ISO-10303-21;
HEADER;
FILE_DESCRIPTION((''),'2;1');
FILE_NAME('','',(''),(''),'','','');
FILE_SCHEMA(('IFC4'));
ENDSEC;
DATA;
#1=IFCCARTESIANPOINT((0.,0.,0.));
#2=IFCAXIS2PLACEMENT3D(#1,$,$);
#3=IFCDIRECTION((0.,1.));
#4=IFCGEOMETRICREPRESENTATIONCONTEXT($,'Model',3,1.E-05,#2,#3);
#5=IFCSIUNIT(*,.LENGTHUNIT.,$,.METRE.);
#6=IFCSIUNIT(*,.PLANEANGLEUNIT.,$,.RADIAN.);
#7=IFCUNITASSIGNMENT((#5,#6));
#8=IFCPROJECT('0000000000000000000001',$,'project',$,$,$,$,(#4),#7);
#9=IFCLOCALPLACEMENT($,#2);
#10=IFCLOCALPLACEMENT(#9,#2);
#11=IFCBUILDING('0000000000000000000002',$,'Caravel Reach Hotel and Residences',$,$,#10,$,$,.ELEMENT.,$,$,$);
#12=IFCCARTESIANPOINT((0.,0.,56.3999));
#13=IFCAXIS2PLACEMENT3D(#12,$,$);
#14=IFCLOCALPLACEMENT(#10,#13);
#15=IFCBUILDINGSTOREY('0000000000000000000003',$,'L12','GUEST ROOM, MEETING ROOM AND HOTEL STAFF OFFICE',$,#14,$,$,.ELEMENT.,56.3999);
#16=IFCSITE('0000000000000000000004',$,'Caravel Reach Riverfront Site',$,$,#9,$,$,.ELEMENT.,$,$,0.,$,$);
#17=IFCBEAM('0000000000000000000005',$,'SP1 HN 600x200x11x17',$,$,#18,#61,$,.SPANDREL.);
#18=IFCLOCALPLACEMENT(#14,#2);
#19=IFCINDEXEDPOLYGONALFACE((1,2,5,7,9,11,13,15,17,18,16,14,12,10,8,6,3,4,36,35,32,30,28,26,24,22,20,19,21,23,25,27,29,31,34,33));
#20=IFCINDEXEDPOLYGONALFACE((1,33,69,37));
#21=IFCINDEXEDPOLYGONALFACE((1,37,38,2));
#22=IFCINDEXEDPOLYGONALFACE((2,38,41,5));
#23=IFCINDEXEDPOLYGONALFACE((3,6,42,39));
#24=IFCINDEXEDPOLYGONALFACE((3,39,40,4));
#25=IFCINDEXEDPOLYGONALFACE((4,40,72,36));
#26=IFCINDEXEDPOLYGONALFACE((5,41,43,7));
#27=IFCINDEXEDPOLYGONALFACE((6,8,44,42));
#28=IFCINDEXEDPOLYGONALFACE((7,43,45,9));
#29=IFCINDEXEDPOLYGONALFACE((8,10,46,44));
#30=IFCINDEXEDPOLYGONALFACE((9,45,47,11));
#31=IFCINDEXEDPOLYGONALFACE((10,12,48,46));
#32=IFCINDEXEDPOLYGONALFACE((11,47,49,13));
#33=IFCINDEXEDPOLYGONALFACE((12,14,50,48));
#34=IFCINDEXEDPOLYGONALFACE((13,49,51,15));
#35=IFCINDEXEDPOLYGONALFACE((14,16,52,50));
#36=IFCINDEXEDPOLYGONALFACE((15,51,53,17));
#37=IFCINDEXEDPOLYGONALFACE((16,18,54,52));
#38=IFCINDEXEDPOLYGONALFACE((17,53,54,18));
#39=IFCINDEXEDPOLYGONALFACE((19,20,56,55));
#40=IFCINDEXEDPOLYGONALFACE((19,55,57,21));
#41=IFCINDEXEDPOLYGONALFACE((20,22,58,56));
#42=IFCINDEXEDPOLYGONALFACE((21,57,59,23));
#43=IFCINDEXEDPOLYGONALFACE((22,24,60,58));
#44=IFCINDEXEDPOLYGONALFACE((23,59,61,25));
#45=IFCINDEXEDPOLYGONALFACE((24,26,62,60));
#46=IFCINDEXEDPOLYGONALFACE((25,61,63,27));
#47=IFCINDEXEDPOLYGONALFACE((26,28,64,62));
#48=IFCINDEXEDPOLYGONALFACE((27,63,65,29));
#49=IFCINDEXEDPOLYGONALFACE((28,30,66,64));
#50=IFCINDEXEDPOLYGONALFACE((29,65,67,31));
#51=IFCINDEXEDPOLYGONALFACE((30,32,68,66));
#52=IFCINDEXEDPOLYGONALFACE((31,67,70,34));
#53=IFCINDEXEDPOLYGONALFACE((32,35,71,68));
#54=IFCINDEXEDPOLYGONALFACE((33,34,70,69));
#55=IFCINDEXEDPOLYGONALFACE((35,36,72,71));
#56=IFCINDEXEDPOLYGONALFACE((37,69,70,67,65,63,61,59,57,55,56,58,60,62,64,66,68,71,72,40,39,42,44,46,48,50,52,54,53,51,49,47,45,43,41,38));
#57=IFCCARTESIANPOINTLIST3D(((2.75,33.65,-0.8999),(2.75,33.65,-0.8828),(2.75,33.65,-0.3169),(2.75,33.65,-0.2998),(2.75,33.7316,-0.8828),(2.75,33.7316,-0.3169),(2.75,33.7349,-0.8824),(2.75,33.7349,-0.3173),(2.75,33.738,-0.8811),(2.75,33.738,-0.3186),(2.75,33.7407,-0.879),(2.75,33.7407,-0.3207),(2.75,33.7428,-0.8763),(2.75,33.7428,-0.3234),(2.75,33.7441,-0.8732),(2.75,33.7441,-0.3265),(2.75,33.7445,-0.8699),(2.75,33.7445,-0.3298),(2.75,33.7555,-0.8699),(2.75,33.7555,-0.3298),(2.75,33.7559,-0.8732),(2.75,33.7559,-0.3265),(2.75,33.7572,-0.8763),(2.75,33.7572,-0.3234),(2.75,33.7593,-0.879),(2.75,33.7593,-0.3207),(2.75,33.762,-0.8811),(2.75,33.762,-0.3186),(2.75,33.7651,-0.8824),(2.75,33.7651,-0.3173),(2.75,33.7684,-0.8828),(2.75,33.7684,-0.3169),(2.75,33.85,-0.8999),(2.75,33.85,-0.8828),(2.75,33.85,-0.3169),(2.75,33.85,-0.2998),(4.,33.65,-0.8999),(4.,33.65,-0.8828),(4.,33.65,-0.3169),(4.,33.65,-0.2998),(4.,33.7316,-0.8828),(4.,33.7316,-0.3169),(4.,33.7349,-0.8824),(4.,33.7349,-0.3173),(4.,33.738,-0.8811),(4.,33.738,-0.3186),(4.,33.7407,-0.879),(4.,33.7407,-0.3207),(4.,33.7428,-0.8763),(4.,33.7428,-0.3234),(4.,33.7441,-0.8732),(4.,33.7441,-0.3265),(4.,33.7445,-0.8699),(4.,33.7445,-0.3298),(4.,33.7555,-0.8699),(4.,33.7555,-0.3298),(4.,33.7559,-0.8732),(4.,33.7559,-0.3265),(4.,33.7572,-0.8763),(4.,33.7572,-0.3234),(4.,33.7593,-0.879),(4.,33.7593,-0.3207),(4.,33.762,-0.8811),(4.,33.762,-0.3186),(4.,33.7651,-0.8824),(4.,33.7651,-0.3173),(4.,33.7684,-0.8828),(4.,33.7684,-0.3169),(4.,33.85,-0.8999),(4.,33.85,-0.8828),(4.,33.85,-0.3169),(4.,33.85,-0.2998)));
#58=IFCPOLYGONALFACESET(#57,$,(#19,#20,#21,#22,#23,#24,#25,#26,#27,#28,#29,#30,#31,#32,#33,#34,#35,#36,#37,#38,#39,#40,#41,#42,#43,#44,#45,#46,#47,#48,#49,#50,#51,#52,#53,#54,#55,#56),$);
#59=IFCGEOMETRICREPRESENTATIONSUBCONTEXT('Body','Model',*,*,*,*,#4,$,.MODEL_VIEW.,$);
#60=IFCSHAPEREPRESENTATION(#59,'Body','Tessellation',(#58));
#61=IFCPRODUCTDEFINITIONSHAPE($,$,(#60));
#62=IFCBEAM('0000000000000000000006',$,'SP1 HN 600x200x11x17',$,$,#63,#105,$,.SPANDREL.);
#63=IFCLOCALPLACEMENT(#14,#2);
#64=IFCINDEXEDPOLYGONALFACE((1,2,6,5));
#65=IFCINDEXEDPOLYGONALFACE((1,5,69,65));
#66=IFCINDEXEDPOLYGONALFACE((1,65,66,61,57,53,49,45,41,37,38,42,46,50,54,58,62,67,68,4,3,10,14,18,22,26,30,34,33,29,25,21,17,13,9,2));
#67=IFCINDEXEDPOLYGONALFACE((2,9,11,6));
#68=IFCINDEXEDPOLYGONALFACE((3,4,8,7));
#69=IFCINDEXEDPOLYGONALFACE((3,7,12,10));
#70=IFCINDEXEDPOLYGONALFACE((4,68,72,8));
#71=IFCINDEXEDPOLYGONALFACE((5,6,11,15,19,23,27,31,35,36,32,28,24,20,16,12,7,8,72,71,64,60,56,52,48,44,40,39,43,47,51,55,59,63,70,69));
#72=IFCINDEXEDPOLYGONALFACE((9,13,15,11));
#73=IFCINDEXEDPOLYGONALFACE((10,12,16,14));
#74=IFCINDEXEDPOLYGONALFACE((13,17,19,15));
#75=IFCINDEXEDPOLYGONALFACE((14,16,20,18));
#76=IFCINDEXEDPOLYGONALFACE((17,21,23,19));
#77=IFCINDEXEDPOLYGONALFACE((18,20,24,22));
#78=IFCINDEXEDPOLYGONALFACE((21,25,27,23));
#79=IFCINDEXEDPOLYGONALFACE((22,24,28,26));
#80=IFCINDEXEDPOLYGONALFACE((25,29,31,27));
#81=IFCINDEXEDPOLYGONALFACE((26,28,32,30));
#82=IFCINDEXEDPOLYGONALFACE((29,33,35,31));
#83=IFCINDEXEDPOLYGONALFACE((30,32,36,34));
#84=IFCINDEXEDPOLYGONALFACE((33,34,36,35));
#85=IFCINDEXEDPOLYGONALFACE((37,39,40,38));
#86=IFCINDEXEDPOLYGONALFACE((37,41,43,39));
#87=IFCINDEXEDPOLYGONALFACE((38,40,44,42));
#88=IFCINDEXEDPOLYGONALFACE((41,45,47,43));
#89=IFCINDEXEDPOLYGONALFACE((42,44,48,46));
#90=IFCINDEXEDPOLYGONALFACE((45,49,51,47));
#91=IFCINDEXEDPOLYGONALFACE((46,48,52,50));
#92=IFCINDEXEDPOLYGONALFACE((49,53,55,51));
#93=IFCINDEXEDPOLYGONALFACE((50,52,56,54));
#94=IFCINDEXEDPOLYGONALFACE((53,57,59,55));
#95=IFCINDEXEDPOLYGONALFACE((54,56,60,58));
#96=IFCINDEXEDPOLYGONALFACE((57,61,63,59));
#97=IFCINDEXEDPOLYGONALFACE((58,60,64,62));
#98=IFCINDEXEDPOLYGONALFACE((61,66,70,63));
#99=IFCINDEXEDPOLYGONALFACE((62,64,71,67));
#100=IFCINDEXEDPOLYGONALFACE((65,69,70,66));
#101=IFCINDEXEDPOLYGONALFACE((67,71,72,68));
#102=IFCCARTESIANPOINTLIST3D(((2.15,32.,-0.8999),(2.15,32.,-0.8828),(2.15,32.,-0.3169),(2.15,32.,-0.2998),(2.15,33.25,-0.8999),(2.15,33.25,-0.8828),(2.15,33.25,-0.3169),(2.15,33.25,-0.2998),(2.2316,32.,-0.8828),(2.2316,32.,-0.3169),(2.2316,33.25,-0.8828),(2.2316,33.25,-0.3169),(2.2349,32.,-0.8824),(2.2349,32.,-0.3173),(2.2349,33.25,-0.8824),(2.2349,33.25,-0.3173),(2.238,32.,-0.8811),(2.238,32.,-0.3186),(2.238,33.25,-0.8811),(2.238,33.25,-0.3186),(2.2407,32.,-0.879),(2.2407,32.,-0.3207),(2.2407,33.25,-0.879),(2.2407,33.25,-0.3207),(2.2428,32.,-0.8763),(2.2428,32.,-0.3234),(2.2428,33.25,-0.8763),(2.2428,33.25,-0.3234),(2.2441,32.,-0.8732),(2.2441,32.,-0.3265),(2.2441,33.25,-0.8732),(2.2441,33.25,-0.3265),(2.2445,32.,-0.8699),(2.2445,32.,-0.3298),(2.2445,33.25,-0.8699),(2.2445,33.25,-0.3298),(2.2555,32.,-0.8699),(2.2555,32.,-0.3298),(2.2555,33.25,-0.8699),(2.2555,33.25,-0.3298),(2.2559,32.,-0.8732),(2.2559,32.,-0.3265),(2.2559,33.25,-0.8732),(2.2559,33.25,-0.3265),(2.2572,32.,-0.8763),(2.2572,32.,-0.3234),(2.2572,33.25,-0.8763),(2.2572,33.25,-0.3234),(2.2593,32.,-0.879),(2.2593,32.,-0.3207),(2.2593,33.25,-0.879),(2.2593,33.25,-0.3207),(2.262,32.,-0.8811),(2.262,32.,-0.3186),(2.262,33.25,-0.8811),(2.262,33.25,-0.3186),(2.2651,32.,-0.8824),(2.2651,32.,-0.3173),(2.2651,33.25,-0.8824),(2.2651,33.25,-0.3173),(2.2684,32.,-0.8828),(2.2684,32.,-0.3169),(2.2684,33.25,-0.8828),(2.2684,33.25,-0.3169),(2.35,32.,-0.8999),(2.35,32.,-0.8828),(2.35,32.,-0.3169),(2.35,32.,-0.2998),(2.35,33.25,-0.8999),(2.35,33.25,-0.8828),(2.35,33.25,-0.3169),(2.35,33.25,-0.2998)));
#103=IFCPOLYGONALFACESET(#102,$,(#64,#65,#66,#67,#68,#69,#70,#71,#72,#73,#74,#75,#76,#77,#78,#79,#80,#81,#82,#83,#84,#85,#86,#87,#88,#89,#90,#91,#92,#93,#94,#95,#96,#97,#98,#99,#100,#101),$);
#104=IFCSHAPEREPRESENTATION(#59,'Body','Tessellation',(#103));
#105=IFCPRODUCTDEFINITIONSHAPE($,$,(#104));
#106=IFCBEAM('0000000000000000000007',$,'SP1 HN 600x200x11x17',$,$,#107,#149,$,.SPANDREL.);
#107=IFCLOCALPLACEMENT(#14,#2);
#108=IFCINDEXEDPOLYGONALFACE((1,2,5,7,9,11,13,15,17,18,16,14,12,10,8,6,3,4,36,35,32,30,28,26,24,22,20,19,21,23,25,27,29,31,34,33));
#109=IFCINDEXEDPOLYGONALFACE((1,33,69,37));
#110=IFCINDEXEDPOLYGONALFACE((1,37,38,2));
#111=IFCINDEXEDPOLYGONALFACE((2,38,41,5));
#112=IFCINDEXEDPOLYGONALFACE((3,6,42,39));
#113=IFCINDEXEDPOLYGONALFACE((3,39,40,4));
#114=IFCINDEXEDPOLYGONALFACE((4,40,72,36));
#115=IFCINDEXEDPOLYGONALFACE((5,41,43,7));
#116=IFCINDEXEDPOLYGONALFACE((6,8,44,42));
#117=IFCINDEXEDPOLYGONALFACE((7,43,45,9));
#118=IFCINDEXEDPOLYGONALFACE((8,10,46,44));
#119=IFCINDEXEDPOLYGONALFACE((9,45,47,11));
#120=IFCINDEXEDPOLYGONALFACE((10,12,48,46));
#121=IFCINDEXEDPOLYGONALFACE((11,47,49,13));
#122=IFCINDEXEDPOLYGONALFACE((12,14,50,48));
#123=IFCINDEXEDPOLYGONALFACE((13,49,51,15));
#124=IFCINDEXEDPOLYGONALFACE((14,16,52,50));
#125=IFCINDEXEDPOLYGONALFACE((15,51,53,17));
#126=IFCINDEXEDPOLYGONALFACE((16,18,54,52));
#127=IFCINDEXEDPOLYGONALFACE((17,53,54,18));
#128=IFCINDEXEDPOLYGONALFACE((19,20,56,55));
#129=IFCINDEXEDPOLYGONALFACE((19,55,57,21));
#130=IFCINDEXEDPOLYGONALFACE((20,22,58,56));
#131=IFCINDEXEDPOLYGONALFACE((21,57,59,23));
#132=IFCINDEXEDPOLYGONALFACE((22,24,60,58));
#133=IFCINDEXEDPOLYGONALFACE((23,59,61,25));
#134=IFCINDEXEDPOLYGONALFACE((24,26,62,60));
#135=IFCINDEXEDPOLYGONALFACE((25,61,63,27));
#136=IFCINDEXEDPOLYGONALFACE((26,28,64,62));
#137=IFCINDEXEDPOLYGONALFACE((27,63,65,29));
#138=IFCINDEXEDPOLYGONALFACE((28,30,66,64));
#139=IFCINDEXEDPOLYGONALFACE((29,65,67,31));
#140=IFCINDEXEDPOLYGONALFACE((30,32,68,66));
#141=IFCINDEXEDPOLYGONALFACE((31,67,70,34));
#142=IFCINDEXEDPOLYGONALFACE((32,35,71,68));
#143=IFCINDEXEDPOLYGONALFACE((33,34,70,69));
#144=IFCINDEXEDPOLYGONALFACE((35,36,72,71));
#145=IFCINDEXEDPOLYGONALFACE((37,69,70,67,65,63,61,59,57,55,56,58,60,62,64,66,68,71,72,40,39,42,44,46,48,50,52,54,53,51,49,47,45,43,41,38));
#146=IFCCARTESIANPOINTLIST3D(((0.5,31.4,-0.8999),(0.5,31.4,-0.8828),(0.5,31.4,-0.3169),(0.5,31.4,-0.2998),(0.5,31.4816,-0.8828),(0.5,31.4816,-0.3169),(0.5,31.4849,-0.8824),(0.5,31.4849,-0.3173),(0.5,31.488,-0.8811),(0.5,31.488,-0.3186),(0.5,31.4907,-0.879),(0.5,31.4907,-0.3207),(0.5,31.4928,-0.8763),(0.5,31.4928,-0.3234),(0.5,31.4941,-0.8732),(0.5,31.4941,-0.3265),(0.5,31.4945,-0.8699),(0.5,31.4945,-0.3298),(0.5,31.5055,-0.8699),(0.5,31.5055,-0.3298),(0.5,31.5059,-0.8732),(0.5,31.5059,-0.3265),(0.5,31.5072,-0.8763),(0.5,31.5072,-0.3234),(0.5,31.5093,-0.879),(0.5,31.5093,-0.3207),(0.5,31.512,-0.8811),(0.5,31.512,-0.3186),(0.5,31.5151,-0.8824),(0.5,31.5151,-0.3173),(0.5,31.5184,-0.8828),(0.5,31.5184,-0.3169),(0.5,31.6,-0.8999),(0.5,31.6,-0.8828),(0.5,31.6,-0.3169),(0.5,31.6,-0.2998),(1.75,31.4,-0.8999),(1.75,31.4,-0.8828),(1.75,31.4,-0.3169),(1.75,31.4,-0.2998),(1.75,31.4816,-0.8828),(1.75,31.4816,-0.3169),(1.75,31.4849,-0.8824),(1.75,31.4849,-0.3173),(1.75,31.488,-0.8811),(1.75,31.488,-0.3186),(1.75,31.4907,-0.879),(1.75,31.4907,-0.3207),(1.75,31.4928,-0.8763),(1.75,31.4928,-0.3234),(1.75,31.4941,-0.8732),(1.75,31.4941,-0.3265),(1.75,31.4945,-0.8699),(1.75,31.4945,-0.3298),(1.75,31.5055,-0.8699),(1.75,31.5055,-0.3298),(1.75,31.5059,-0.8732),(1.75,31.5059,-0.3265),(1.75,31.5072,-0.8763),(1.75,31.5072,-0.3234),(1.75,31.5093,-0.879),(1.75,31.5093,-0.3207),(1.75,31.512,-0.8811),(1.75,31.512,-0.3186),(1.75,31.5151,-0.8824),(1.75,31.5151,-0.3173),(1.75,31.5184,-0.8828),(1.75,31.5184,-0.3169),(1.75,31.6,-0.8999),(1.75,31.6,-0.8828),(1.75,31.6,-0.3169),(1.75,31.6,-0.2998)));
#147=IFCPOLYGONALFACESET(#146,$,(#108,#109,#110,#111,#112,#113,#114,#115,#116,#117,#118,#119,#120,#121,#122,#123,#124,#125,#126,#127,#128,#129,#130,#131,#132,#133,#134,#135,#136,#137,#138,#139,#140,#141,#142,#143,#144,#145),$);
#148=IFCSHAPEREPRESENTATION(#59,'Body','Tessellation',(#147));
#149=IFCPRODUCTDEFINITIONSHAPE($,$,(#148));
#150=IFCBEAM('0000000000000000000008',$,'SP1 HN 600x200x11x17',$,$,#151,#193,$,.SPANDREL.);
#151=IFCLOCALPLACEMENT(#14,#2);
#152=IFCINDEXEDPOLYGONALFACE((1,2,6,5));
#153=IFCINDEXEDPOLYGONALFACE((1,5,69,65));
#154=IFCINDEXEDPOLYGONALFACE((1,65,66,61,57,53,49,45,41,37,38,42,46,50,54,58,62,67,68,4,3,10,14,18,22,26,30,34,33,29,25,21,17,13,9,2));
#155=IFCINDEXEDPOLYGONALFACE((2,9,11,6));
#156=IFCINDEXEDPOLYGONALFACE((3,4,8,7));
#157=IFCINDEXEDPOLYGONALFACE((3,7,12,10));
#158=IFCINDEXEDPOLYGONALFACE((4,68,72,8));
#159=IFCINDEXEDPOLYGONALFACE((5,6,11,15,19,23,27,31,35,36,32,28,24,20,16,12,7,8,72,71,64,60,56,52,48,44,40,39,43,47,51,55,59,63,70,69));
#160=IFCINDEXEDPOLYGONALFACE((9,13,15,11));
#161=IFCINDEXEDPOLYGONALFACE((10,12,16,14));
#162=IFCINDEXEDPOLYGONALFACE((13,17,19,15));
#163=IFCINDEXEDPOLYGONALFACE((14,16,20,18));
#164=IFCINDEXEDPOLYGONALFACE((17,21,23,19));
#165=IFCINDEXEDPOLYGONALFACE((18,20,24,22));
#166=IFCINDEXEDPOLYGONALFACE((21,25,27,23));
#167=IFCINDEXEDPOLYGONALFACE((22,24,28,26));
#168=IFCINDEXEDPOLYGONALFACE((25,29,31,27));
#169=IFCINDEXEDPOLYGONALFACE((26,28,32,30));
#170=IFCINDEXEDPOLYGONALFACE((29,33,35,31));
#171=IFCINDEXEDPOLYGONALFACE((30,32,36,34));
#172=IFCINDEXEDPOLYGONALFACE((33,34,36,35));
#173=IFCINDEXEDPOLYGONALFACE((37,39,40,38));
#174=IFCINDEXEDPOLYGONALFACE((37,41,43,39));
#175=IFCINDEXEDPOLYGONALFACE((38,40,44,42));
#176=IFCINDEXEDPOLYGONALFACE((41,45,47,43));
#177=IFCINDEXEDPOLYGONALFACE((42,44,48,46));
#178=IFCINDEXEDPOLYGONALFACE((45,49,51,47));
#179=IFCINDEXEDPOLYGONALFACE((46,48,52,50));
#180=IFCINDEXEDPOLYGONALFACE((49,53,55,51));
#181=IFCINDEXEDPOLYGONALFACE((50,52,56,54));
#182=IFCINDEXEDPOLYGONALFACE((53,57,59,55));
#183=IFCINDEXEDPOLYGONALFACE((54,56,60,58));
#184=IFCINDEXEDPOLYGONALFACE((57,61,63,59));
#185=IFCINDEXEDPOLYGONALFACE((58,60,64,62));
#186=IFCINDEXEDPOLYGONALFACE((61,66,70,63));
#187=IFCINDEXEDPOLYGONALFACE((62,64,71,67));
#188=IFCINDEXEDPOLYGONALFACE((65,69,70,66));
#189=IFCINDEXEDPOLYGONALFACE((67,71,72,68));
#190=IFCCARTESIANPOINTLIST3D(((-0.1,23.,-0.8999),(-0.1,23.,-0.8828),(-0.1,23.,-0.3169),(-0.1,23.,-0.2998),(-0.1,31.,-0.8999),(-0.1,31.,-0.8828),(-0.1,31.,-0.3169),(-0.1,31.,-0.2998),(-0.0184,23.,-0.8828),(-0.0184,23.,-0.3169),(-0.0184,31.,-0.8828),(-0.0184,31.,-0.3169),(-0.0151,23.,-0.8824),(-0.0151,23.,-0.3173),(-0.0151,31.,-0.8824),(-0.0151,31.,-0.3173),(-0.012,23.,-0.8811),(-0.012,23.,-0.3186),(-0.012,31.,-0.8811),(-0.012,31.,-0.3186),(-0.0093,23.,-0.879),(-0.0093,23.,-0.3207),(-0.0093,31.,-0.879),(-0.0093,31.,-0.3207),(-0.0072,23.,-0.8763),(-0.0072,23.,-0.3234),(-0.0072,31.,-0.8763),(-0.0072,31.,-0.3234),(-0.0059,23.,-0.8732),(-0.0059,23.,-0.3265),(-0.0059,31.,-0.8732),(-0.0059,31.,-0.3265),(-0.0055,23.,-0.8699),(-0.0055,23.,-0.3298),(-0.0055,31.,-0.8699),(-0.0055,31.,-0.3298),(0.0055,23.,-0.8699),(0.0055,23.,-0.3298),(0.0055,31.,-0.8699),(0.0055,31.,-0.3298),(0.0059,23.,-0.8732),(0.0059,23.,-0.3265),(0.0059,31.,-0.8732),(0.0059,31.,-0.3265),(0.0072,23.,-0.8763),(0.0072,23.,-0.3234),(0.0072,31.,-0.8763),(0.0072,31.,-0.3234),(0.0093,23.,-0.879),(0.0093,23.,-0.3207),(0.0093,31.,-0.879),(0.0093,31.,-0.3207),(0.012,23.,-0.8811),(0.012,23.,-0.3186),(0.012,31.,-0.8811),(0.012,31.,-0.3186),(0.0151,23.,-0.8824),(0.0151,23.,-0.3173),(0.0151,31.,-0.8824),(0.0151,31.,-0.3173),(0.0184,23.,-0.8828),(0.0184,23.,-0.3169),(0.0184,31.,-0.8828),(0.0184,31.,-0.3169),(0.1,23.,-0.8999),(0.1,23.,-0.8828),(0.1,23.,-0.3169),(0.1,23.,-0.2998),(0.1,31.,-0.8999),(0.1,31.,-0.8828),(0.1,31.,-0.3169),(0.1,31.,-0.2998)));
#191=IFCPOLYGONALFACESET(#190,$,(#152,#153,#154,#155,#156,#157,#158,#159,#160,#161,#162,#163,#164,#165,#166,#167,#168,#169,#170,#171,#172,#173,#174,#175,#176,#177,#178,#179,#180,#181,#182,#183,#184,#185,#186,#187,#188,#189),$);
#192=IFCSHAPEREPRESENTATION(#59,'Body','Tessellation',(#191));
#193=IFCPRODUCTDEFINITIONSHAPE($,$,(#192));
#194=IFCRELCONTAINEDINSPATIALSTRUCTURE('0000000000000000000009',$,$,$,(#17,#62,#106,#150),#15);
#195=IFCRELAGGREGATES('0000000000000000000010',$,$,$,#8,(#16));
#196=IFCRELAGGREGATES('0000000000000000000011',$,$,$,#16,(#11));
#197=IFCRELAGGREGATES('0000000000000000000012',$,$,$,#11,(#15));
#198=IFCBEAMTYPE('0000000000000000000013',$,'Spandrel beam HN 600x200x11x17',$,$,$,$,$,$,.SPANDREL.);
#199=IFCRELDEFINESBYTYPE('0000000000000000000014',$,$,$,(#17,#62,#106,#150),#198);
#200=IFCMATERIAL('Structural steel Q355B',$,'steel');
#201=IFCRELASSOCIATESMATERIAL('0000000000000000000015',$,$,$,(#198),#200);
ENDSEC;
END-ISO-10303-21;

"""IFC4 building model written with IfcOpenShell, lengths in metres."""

from ifc_helpers import new_model, si_unit, direction, frame, origin, origin_2d, place, context, subcontext, project, spatial, i_section, extrude, material, material_profile, profile_set, type_object, element, save


model = new_model("IFC4")

# Units and contexts
model_context = context("Model", 3, precision=1e-05, world=origin(), true_north=direction((0.0, 1.0)))
body_context = subcontext(model_context, "Body", "Model", "MODEL_VIEW")
ifc_project = project(units=[si_unit("LENGTHUNIT", "METRE"), si_unit("PLANEANGLEUNIT", "RADIAN")], contexts=[model_context])

# Site, building, storey
site_placement = place(None, origin())
site = spatial("IfcSite", under=ifc_project, at=site_placement, Name="Caravel Reach Riverfront Site", CompositionType="ELEMENT", RefElevation=0.0)
building_placement = place(site_placement, origin())
building = spatial("IfcBuilding", under=site, at=building_placement, Name="Caravel Reach Hotel and Residences", CompositionType="ELEMENT")
storey_placement = place(building_placement, frame((0.0, 0.0, 56.3999)))
storey = spatial("IfcBuildingStorey", under=building, at=storey_placement, Name="L12", Description="GUEST ROOM, MEETING ROOM AND HOTEL STAFF OFFICE", CompositionType="ELEMENT", Elevation=56.3999)

# Beams
ifc_material_1 = material(Name="Structural steel Q355B", Category="steel")
ifc_material_profile_1 = material_profile(ifc_material_1, i_section(OverallWidth=0.2, OverallDepth=0.6001, WebThickness=0.011, FlangeThickness=0.0171, FilletRadius=0.0129, at=origin_2d()), Name="HN 600x200x11x17")
ifc_profile_set_1 = profile_set([ifc_material_profile_1], Name="Structural steel Q355B")
beam_type = type_object("IfcBeamType", Name="Spandrel beam HN 600x200x11x17", PredefinedType="SPANDREL", material=ifc_profile_set_1)
for number, where, z_axis, x_axis, name in (
    (1, (4.0, 33.75, -0.5999), (-1.0, 0.0, 0.0), (0.0, -1.0, 0.0), "SP1 HN 600x200x11x17"),
    (2, (2.25, 33.25, -0.5999), (0.0, -1.0, 0.0), (1.0, 0.0, 0.0), "SP1 HN 600x200x11x17"),
    (3, (1.75, 31.5, -0.5999), (-1.0, 0.0, 0.0), (0.0, -1.0, 0.0), "SP1 HN 600x200x11x17"),
):
    element("IfcBeam", number, at=place(storey_placement, frame(where, z_axis=z_axis, x_axis=x_axis)), inside=storey, type_object=beam_type, Name=name, PredefinedType="SPANDREL", context=body_context, shape_type="SweptSolid", body=[
        extrude(i_section(OverallWidth=0.2, OverallDepth=0.6001, WebThickness=0.011, FlangeThickness=0.0171, FilletRadius=0.0129, at=origin_2d()), origin(), (0.0, 0.0, 1.0), 1.25),
    ])
beam_1_placement = place(storey_placement, frame((0.0, 31.0, -0.5999), z_axis=(0.0, -1.0, 0.0), x_axis=(1.0, 0.0, 0.0)))
element("IfcBeam", 4, at=beam_1_placement, inside=storey, type_object=beam_type, Name="SP1 HN 600x200x11x17", PredefinedType="SPANDREL", context=body_context, shape_type="SweptSolid", body=[
    extrude(i_section(OverallWidth=0.2, OverallDepth=0.6001, WebThickness=0.011, FlangeThickness=0.0171, FilletRadius=0.0129, at=origin_2d()), origin(), (0.0, 0.0, 1.0), 8.0),
])

save(model, "model.ifc")
